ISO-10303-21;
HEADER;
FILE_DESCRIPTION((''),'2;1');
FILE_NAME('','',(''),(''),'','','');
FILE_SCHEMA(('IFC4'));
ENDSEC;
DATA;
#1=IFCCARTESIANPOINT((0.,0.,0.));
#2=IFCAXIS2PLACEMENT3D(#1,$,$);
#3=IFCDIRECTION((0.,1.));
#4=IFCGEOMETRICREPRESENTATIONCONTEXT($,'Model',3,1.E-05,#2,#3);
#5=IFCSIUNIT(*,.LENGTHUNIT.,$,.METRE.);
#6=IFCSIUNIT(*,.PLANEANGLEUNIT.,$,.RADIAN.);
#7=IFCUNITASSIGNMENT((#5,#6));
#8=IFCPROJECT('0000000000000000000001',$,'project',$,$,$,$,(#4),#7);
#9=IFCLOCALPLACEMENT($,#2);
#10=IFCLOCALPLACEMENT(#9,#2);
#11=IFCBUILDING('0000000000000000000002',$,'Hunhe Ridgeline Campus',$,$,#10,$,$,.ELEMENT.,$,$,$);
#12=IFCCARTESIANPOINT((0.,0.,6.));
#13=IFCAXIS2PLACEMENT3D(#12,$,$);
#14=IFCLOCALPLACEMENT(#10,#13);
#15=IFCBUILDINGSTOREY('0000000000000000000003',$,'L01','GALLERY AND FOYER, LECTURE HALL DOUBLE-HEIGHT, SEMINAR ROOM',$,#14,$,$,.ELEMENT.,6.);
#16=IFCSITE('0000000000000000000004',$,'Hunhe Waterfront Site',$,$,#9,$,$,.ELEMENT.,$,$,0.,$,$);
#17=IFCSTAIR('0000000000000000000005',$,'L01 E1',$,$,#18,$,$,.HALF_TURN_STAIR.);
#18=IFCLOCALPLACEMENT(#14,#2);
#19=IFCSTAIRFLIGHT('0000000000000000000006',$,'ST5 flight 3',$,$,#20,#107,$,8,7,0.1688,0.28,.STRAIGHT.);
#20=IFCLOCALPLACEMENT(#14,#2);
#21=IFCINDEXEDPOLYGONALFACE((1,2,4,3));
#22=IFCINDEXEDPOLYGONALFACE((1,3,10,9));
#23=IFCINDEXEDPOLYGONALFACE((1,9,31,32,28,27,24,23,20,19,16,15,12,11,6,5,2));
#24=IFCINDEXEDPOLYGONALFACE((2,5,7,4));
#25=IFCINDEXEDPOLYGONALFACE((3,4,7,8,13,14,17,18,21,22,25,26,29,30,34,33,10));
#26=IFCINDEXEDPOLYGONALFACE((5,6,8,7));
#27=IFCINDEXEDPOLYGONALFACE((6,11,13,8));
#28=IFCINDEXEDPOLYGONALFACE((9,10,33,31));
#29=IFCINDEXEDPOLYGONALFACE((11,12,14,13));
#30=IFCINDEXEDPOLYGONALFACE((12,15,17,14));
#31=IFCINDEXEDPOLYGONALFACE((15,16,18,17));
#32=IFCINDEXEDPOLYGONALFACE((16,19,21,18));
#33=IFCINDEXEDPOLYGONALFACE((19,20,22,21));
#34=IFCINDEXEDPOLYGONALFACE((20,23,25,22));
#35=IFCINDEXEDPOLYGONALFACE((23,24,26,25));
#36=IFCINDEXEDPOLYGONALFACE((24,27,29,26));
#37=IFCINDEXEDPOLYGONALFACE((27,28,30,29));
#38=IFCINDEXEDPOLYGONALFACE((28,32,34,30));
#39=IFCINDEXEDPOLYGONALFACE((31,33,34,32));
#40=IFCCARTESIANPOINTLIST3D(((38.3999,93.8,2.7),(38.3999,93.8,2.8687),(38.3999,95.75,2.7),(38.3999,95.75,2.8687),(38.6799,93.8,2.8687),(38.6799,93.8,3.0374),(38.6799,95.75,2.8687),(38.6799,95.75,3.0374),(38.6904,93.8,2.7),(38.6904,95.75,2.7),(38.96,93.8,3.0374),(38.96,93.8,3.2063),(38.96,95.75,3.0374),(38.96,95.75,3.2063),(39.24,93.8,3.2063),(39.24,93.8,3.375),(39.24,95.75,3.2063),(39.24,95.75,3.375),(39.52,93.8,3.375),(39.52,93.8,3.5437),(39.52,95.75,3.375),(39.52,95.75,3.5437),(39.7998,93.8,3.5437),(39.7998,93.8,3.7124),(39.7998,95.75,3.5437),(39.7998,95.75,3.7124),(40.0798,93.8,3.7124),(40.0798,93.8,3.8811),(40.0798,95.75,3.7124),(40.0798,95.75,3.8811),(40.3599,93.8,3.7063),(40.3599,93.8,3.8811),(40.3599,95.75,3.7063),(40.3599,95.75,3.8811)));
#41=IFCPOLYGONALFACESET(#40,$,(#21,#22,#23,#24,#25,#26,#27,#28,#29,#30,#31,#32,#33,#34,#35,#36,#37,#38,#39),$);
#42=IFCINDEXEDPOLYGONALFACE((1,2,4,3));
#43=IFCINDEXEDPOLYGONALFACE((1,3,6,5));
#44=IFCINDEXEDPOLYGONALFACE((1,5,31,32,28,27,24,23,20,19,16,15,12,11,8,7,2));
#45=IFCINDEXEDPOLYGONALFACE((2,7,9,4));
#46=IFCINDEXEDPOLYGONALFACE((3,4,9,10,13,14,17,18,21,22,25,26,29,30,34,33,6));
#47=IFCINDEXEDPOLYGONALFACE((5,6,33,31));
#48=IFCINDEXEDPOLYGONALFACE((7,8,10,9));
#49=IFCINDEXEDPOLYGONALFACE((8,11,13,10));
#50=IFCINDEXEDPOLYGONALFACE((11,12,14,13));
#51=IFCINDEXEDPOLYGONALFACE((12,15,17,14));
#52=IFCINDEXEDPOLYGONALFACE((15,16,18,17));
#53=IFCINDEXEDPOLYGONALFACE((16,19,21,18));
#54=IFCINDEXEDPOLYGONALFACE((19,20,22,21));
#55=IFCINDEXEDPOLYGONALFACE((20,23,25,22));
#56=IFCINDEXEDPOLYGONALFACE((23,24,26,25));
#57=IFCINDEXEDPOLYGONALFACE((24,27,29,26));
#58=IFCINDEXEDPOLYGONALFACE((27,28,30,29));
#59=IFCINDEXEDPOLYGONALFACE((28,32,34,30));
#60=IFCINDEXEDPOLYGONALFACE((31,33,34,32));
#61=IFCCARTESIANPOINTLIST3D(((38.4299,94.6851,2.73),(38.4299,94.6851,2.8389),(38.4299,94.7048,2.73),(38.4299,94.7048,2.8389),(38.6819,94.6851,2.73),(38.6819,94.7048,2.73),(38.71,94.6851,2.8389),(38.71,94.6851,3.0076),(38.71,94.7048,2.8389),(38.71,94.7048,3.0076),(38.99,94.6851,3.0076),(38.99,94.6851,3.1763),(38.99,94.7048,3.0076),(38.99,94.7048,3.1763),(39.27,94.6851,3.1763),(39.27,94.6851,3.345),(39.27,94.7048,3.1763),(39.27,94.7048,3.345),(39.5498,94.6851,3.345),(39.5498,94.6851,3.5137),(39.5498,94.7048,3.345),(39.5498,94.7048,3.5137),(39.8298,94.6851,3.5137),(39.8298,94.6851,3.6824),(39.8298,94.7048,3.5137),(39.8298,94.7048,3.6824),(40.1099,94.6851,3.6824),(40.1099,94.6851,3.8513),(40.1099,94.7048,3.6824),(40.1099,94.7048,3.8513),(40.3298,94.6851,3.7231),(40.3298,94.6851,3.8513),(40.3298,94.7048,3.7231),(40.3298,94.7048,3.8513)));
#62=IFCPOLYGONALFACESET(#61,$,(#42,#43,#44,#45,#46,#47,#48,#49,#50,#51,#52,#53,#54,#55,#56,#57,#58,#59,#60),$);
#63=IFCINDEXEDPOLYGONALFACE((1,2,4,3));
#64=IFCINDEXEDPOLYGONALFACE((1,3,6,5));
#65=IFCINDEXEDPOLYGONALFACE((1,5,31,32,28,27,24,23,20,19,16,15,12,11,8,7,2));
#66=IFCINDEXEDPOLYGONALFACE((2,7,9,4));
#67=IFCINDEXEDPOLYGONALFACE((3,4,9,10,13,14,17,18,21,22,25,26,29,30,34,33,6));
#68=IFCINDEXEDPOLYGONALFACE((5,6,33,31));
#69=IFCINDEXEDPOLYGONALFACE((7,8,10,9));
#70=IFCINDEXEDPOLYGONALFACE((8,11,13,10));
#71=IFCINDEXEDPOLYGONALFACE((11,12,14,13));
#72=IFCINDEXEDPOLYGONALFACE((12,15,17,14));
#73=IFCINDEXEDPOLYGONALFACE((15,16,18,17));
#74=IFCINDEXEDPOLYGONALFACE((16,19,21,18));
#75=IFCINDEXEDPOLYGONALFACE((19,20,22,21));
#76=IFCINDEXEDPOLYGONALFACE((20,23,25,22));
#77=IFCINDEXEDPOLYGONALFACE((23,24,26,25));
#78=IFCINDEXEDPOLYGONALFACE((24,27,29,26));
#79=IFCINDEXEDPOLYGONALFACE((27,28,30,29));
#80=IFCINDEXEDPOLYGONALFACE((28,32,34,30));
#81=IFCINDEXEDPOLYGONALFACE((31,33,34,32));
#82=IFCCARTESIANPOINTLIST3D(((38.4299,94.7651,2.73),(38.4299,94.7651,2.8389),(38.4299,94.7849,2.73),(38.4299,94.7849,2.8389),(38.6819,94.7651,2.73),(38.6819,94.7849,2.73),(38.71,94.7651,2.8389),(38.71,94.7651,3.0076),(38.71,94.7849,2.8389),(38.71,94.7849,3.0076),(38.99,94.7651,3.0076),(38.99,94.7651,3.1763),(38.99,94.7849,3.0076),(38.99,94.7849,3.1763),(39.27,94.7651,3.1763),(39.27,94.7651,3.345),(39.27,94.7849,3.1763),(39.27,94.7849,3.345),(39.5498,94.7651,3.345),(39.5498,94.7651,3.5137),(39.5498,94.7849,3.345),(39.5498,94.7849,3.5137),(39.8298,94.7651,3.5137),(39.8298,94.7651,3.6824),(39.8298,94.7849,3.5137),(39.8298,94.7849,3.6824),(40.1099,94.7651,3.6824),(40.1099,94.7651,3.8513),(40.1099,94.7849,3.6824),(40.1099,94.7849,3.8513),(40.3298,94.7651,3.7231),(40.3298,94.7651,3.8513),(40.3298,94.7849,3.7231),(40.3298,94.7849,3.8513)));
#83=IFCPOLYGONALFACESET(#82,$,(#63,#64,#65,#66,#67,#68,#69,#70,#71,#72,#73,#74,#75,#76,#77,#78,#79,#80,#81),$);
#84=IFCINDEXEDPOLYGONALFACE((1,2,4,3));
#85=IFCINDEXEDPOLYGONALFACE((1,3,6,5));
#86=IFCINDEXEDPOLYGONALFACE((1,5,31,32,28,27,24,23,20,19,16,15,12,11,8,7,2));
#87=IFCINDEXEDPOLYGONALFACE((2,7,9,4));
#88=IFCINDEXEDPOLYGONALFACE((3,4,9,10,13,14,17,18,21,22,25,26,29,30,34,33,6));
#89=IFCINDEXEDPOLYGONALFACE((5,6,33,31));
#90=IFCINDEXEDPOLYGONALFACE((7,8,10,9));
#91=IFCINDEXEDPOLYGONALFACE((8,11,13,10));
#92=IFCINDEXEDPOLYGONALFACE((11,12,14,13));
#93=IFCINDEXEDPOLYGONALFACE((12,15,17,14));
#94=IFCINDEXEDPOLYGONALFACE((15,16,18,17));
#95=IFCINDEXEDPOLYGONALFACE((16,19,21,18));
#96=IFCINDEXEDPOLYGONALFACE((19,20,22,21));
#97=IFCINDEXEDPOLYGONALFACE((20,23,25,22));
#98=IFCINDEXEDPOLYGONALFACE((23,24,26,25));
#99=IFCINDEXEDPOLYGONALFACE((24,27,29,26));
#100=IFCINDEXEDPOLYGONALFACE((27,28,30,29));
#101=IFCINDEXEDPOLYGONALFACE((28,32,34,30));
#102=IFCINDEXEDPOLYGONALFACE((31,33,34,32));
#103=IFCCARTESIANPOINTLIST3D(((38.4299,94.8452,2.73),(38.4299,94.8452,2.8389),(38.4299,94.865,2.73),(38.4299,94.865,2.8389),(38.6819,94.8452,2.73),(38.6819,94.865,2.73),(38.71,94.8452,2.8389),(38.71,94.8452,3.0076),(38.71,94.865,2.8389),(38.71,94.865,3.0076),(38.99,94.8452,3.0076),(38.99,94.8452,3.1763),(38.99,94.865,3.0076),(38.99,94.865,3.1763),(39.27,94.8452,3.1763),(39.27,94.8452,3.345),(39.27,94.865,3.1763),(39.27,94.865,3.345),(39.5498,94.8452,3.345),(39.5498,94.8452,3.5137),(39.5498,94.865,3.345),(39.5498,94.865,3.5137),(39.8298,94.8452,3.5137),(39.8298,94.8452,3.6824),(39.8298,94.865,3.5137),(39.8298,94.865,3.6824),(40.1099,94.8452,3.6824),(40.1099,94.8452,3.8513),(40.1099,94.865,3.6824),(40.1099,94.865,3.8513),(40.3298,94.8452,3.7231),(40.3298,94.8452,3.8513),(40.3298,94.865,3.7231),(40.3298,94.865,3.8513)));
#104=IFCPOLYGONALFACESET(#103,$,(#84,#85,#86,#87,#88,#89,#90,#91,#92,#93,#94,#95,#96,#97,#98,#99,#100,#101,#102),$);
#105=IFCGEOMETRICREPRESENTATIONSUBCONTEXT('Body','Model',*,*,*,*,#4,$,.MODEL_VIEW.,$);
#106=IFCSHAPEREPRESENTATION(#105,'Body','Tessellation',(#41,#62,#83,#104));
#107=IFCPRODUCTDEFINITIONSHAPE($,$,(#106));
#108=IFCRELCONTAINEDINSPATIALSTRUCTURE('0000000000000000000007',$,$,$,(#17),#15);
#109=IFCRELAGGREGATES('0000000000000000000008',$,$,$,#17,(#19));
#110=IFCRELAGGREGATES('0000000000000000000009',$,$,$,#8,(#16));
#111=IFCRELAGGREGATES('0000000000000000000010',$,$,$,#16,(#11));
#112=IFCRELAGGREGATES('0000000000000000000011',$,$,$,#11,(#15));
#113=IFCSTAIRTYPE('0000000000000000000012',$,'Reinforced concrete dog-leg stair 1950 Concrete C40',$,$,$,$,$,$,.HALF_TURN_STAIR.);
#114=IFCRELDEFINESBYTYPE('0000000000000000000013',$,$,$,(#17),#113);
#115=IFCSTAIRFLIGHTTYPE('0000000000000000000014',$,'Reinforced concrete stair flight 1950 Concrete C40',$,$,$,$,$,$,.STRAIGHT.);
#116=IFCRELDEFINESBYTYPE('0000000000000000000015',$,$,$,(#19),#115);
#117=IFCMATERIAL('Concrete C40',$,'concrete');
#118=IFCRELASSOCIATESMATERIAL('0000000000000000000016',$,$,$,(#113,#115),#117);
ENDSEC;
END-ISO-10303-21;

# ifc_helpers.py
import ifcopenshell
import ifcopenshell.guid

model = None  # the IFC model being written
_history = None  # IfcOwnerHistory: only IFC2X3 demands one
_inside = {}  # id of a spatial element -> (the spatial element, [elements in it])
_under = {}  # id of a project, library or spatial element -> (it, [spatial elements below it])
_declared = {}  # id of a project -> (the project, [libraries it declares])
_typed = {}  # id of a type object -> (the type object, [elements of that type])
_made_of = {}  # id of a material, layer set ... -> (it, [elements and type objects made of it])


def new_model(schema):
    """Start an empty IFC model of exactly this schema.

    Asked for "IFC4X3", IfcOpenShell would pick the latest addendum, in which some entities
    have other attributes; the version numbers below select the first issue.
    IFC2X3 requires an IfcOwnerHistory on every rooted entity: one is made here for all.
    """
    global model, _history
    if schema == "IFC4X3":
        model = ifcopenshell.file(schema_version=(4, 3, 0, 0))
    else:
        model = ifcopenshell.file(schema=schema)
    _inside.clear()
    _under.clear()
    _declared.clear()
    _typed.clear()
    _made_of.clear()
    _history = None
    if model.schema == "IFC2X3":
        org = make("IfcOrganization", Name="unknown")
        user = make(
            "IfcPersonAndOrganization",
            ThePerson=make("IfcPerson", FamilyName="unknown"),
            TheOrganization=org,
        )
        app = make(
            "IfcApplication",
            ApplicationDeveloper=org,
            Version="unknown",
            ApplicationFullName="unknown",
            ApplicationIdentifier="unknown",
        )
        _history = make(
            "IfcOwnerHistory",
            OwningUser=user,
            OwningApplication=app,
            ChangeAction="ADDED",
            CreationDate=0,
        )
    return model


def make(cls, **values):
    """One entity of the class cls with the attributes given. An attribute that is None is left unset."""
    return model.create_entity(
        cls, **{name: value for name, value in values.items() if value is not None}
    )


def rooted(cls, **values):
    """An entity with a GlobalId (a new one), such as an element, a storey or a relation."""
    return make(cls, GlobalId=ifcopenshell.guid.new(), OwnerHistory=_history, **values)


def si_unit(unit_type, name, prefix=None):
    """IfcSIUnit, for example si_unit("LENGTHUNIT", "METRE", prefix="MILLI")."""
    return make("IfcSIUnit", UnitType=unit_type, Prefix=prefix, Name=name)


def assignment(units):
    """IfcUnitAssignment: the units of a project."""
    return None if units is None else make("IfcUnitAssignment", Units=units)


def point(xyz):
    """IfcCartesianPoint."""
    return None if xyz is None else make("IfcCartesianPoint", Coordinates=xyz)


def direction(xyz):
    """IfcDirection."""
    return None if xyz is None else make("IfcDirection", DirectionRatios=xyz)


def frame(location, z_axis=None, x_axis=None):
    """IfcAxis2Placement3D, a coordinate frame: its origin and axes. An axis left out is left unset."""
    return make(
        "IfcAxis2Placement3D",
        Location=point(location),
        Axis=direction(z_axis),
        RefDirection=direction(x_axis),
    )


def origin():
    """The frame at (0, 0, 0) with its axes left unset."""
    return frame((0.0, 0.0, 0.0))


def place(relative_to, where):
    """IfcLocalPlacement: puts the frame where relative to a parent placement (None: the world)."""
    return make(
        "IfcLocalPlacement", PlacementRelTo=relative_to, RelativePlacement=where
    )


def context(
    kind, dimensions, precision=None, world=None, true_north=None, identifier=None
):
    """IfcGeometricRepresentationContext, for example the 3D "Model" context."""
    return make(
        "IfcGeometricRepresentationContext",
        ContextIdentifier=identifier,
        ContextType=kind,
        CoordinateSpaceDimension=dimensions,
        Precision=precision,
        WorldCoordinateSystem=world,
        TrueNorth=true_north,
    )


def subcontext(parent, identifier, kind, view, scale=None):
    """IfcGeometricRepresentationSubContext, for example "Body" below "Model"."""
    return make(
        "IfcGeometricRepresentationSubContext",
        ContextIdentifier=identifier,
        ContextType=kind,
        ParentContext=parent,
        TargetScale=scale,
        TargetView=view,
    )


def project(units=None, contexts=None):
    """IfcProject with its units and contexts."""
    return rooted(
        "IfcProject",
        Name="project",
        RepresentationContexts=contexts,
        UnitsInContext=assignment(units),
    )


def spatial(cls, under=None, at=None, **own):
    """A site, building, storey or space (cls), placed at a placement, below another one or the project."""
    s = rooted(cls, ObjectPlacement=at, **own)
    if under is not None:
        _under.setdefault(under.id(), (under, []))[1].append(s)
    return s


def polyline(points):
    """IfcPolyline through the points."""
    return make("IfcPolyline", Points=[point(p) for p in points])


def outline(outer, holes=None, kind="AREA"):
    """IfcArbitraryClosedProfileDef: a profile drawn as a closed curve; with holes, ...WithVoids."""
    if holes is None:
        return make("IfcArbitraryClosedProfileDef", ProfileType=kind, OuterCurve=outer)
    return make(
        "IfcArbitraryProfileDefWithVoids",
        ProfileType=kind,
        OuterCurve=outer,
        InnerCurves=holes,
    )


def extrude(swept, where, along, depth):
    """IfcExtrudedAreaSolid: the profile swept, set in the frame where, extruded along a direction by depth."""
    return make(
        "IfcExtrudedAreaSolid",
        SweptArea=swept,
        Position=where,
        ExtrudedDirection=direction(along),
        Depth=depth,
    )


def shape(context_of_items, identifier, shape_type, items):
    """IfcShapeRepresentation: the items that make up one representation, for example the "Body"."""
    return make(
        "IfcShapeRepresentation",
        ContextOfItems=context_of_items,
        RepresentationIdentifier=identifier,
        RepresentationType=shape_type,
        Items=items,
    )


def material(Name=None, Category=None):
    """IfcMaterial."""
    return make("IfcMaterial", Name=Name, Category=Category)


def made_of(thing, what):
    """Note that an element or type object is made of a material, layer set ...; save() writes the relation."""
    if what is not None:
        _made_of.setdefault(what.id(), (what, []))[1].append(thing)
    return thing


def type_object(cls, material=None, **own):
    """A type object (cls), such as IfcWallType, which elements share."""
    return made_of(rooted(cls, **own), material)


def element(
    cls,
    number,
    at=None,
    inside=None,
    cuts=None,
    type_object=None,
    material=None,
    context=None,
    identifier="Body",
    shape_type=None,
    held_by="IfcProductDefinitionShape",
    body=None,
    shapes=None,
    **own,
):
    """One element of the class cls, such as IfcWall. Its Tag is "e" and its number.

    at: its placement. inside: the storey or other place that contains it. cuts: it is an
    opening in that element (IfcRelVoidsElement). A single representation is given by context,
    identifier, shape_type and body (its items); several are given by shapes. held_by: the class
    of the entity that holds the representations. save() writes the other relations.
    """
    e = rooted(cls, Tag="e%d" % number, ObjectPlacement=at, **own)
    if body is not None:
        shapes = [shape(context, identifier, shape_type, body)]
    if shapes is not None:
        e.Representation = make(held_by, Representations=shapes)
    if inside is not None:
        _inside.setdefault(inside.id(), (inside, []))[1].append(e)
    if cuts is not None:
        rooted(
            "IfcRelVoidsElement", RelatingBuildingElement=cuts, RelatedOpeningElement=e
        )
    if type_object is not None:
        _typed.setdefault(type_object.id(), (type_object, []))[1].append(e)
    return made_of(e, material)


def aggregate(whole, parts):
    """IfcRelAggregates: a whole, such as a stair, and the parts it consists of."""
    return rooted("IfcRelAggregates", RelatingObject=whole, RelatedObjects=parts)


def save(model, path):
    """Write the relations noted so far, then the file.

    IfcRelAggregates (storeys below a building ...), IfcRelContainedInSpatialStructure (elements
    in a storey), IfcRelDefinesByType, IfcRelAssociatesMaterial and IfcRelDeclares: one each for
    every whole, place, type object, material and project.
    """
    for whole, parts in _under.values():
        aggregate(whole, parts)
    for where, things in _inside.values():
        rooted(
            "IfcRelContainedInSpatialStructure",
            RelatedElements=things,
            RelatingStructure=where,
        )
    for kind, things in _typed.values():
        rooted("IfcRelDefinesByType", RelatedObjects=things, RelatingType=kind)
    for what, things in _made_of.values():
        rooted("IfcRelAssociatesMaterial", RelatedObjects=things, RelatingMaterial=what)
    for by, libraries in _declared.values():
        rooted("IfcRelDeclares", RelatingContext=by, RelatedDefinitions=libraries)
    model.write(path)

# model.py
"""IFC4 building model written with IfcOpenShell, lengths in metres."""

from ifc_helpers import new_model, si_unit, direction, frame, origin, place, context, subcontext, project, spatial, polyline, outline, extrude, material, type_object, element, aggregate, save


model = new_model("IFC4")

# Units and contexts
model_context = context("Model", 3, precision=1e-05, world=origin(), true_north=direction((0.0, 1.0)))
body_context = subcontext(model_context, "Body", "Model", "MODEL_VIEW")
ifc_project = project(units=[si_unit("LENGTHUNIT", "METRE"), si_unit("PLANEANGLEUNIT", "RADIAN")], contexts=[model_context])

# Site, building, storey
site_placement = place(None, origin())
site = spatial("IfcSite", under=ifc_project, at=site_placement, Name="Hunhe Waterfront Site", CompositionType="ELEMENT", RefElevation=0.0)
building_placement = place(site_placement, origin())
building = spatial("IfcBuilding", under=site, at=building_placement, Name="Hunhe Ridgeline Campus", CompositionType="ELEMENT")
storey_placement = place(building_placement, frame((0.0, 0.0, 6.0)))
storey = spatial("IfcBuildingStorey", under=building, at=storey_placement, Name="L01", Description="GALLERY AND FOYER, LECTURE HALL DOUBLE-HEIGHT, SEMINAR ROOM", CompositionType="ELEMENT", Elevation=6.0)

# Stair, stair flight
ifc_material_1 = material(Name="Concrete C40", Category="concrete")
stair_type = type_object("IfcStairType", Name="Reinforced concrete dog-leg stair 1950 Concrete C40", PredefinedType="HALF_TURN_STAIR", material=ifc_material_1)
stair_placement = place(storey_placement, origin())
stair = element("IfcStair", 1, at=stair_placement, inside=storey, type_object=stair_type, Name="L01 E1", PredefinedType="HALF_TURN_STAIR")
stair_flight_type = type_object("IfcStairFlightType", Name="Reinforced concrete stair flight 1950 Concrete C40", PredefinedType="STRAIGHT", material=ifc_material_1)
stair_flight_1_placement = place(storey_placement, frame((38.3999, 94.7749, 2.7), z_axis=(0.0, 0.0, 1.0), x_axis=(1.0, 0.0, 0.0)))
stair_flight_1 = element("IfcStairFlight", 2, at=stair_flight_1_placement, type_object=stair_flight_type, Name="ST5 flight 3", NumberOfRisers=8, NumberOfTreads=7, PredefinedType="STRAIGHT", RiserHeight=0.1688, TreadLength=0.28, context=body_context, shape_type="SweptSolid", body=[
    extrude(outline(polyline([(0.0, 0.0), (0.0, 0.1687), (0.28, 0.1687), (0.28, 0.3374), (0.5601, 0.3374), (0.5601, 0.5063), (0.8401, 0.5063), (0.8401, 0.675), (1.1201, 0.675), (1.1201, 0.8438), (1.3999, 0.8438), (1.3999, 1.0125), (1.6799, 1.0125), (1.6799, 1.1812), (1.96, 1.1812), (1.96, 1.3501), (1.96, 1.0063), (0.2905, 0.0), (0.0, 0.0)])), frame((0.0, 0.9751, 0.0), z_axis=(0.0, -1.0, 0.0), x_axis=(1.0, 0.0, 0.0)), (0.0, 0.0, 1.0), 1.95),
    extrude(outline(polyline([(0.03, 0.03), (0.03, 0.1389), (0.3101, 0.1389), (0.3101, 0.3076), (0.5901, 0.3076), (0.5901, 0.4763), (0.8701, 0.4763), (0.8701, 0.645), (1.1499, 0.645), (1.1499, 0.8137), (1.4299, 0.8137), (1.4299, 0.9824), (1.71, 0.9824), (1.71, 1.1514), (1.9299, 1.1514), (1.9299, 1.0232), (0.282, 0.03), (0.03, 0.03)])), frame((0.0, -0.0701, 0.0), z_axis=(0.0, -1.0, 0.0), x_axis=(1.0, 0.0, 0.0)), (0.0, 0.0, 1.0), 0.0198),
    extrude(outline(polyline([(0.03, 0.03), (0.03, 0.1389), (0.3101, 0.1389), (0.3101, 0.3076), (0.5901, 0.3076), (0.5901, 0.4763), (0.8701, 0.4763), (0.8701, 0.645), (1.1499, 0.645), (1.1499, 0.8137), (1.4299, 0.8137), (1.4299, 0.9824), (1.71, 0.9824), (1.71, 1.1514), (1.9299, 1.1514), (1.9299, 1.0232), (0.282, 0.03), (0.03, 0.03)])), frame((0.0, 0.01, 0.0), z_axis=(0.0, -1.0, 0.0), x_axis=(1.0, 0.0, 0.0)), (0.0, 0.0, 1.0), 0.0198),
    extrude(outline(polyline([(0.03, 0.03), (0.03, 0.1389), (0.3101, 0.1389), (0.3101, 0.3076), (0.5901, 0.3076), (0.5901, 0.4763), (0.8701, 0.4763), (0.8701, 0.645), (1.1499, 0.645), (1.1499, 0.8137), (1.4299, 0.8137), (1.4299, 0.9824), (1.71, 0.9824), (1.71, 1.1514), (1.9299, 1.1514), (1.9299, 1.0232), (0.282, 0.03), (0.03, 0.03)])), frame((0.0, 0.0901, 0.0), z_axis=(0.0, -1.0, 0.0), x_axis=(1.0, 0.0, 0.0)), (0.0, 0.0, 1.0), 0.0198),
])
aggregate(stair, [stair_flight_1])

save(model, "model.ifc")
